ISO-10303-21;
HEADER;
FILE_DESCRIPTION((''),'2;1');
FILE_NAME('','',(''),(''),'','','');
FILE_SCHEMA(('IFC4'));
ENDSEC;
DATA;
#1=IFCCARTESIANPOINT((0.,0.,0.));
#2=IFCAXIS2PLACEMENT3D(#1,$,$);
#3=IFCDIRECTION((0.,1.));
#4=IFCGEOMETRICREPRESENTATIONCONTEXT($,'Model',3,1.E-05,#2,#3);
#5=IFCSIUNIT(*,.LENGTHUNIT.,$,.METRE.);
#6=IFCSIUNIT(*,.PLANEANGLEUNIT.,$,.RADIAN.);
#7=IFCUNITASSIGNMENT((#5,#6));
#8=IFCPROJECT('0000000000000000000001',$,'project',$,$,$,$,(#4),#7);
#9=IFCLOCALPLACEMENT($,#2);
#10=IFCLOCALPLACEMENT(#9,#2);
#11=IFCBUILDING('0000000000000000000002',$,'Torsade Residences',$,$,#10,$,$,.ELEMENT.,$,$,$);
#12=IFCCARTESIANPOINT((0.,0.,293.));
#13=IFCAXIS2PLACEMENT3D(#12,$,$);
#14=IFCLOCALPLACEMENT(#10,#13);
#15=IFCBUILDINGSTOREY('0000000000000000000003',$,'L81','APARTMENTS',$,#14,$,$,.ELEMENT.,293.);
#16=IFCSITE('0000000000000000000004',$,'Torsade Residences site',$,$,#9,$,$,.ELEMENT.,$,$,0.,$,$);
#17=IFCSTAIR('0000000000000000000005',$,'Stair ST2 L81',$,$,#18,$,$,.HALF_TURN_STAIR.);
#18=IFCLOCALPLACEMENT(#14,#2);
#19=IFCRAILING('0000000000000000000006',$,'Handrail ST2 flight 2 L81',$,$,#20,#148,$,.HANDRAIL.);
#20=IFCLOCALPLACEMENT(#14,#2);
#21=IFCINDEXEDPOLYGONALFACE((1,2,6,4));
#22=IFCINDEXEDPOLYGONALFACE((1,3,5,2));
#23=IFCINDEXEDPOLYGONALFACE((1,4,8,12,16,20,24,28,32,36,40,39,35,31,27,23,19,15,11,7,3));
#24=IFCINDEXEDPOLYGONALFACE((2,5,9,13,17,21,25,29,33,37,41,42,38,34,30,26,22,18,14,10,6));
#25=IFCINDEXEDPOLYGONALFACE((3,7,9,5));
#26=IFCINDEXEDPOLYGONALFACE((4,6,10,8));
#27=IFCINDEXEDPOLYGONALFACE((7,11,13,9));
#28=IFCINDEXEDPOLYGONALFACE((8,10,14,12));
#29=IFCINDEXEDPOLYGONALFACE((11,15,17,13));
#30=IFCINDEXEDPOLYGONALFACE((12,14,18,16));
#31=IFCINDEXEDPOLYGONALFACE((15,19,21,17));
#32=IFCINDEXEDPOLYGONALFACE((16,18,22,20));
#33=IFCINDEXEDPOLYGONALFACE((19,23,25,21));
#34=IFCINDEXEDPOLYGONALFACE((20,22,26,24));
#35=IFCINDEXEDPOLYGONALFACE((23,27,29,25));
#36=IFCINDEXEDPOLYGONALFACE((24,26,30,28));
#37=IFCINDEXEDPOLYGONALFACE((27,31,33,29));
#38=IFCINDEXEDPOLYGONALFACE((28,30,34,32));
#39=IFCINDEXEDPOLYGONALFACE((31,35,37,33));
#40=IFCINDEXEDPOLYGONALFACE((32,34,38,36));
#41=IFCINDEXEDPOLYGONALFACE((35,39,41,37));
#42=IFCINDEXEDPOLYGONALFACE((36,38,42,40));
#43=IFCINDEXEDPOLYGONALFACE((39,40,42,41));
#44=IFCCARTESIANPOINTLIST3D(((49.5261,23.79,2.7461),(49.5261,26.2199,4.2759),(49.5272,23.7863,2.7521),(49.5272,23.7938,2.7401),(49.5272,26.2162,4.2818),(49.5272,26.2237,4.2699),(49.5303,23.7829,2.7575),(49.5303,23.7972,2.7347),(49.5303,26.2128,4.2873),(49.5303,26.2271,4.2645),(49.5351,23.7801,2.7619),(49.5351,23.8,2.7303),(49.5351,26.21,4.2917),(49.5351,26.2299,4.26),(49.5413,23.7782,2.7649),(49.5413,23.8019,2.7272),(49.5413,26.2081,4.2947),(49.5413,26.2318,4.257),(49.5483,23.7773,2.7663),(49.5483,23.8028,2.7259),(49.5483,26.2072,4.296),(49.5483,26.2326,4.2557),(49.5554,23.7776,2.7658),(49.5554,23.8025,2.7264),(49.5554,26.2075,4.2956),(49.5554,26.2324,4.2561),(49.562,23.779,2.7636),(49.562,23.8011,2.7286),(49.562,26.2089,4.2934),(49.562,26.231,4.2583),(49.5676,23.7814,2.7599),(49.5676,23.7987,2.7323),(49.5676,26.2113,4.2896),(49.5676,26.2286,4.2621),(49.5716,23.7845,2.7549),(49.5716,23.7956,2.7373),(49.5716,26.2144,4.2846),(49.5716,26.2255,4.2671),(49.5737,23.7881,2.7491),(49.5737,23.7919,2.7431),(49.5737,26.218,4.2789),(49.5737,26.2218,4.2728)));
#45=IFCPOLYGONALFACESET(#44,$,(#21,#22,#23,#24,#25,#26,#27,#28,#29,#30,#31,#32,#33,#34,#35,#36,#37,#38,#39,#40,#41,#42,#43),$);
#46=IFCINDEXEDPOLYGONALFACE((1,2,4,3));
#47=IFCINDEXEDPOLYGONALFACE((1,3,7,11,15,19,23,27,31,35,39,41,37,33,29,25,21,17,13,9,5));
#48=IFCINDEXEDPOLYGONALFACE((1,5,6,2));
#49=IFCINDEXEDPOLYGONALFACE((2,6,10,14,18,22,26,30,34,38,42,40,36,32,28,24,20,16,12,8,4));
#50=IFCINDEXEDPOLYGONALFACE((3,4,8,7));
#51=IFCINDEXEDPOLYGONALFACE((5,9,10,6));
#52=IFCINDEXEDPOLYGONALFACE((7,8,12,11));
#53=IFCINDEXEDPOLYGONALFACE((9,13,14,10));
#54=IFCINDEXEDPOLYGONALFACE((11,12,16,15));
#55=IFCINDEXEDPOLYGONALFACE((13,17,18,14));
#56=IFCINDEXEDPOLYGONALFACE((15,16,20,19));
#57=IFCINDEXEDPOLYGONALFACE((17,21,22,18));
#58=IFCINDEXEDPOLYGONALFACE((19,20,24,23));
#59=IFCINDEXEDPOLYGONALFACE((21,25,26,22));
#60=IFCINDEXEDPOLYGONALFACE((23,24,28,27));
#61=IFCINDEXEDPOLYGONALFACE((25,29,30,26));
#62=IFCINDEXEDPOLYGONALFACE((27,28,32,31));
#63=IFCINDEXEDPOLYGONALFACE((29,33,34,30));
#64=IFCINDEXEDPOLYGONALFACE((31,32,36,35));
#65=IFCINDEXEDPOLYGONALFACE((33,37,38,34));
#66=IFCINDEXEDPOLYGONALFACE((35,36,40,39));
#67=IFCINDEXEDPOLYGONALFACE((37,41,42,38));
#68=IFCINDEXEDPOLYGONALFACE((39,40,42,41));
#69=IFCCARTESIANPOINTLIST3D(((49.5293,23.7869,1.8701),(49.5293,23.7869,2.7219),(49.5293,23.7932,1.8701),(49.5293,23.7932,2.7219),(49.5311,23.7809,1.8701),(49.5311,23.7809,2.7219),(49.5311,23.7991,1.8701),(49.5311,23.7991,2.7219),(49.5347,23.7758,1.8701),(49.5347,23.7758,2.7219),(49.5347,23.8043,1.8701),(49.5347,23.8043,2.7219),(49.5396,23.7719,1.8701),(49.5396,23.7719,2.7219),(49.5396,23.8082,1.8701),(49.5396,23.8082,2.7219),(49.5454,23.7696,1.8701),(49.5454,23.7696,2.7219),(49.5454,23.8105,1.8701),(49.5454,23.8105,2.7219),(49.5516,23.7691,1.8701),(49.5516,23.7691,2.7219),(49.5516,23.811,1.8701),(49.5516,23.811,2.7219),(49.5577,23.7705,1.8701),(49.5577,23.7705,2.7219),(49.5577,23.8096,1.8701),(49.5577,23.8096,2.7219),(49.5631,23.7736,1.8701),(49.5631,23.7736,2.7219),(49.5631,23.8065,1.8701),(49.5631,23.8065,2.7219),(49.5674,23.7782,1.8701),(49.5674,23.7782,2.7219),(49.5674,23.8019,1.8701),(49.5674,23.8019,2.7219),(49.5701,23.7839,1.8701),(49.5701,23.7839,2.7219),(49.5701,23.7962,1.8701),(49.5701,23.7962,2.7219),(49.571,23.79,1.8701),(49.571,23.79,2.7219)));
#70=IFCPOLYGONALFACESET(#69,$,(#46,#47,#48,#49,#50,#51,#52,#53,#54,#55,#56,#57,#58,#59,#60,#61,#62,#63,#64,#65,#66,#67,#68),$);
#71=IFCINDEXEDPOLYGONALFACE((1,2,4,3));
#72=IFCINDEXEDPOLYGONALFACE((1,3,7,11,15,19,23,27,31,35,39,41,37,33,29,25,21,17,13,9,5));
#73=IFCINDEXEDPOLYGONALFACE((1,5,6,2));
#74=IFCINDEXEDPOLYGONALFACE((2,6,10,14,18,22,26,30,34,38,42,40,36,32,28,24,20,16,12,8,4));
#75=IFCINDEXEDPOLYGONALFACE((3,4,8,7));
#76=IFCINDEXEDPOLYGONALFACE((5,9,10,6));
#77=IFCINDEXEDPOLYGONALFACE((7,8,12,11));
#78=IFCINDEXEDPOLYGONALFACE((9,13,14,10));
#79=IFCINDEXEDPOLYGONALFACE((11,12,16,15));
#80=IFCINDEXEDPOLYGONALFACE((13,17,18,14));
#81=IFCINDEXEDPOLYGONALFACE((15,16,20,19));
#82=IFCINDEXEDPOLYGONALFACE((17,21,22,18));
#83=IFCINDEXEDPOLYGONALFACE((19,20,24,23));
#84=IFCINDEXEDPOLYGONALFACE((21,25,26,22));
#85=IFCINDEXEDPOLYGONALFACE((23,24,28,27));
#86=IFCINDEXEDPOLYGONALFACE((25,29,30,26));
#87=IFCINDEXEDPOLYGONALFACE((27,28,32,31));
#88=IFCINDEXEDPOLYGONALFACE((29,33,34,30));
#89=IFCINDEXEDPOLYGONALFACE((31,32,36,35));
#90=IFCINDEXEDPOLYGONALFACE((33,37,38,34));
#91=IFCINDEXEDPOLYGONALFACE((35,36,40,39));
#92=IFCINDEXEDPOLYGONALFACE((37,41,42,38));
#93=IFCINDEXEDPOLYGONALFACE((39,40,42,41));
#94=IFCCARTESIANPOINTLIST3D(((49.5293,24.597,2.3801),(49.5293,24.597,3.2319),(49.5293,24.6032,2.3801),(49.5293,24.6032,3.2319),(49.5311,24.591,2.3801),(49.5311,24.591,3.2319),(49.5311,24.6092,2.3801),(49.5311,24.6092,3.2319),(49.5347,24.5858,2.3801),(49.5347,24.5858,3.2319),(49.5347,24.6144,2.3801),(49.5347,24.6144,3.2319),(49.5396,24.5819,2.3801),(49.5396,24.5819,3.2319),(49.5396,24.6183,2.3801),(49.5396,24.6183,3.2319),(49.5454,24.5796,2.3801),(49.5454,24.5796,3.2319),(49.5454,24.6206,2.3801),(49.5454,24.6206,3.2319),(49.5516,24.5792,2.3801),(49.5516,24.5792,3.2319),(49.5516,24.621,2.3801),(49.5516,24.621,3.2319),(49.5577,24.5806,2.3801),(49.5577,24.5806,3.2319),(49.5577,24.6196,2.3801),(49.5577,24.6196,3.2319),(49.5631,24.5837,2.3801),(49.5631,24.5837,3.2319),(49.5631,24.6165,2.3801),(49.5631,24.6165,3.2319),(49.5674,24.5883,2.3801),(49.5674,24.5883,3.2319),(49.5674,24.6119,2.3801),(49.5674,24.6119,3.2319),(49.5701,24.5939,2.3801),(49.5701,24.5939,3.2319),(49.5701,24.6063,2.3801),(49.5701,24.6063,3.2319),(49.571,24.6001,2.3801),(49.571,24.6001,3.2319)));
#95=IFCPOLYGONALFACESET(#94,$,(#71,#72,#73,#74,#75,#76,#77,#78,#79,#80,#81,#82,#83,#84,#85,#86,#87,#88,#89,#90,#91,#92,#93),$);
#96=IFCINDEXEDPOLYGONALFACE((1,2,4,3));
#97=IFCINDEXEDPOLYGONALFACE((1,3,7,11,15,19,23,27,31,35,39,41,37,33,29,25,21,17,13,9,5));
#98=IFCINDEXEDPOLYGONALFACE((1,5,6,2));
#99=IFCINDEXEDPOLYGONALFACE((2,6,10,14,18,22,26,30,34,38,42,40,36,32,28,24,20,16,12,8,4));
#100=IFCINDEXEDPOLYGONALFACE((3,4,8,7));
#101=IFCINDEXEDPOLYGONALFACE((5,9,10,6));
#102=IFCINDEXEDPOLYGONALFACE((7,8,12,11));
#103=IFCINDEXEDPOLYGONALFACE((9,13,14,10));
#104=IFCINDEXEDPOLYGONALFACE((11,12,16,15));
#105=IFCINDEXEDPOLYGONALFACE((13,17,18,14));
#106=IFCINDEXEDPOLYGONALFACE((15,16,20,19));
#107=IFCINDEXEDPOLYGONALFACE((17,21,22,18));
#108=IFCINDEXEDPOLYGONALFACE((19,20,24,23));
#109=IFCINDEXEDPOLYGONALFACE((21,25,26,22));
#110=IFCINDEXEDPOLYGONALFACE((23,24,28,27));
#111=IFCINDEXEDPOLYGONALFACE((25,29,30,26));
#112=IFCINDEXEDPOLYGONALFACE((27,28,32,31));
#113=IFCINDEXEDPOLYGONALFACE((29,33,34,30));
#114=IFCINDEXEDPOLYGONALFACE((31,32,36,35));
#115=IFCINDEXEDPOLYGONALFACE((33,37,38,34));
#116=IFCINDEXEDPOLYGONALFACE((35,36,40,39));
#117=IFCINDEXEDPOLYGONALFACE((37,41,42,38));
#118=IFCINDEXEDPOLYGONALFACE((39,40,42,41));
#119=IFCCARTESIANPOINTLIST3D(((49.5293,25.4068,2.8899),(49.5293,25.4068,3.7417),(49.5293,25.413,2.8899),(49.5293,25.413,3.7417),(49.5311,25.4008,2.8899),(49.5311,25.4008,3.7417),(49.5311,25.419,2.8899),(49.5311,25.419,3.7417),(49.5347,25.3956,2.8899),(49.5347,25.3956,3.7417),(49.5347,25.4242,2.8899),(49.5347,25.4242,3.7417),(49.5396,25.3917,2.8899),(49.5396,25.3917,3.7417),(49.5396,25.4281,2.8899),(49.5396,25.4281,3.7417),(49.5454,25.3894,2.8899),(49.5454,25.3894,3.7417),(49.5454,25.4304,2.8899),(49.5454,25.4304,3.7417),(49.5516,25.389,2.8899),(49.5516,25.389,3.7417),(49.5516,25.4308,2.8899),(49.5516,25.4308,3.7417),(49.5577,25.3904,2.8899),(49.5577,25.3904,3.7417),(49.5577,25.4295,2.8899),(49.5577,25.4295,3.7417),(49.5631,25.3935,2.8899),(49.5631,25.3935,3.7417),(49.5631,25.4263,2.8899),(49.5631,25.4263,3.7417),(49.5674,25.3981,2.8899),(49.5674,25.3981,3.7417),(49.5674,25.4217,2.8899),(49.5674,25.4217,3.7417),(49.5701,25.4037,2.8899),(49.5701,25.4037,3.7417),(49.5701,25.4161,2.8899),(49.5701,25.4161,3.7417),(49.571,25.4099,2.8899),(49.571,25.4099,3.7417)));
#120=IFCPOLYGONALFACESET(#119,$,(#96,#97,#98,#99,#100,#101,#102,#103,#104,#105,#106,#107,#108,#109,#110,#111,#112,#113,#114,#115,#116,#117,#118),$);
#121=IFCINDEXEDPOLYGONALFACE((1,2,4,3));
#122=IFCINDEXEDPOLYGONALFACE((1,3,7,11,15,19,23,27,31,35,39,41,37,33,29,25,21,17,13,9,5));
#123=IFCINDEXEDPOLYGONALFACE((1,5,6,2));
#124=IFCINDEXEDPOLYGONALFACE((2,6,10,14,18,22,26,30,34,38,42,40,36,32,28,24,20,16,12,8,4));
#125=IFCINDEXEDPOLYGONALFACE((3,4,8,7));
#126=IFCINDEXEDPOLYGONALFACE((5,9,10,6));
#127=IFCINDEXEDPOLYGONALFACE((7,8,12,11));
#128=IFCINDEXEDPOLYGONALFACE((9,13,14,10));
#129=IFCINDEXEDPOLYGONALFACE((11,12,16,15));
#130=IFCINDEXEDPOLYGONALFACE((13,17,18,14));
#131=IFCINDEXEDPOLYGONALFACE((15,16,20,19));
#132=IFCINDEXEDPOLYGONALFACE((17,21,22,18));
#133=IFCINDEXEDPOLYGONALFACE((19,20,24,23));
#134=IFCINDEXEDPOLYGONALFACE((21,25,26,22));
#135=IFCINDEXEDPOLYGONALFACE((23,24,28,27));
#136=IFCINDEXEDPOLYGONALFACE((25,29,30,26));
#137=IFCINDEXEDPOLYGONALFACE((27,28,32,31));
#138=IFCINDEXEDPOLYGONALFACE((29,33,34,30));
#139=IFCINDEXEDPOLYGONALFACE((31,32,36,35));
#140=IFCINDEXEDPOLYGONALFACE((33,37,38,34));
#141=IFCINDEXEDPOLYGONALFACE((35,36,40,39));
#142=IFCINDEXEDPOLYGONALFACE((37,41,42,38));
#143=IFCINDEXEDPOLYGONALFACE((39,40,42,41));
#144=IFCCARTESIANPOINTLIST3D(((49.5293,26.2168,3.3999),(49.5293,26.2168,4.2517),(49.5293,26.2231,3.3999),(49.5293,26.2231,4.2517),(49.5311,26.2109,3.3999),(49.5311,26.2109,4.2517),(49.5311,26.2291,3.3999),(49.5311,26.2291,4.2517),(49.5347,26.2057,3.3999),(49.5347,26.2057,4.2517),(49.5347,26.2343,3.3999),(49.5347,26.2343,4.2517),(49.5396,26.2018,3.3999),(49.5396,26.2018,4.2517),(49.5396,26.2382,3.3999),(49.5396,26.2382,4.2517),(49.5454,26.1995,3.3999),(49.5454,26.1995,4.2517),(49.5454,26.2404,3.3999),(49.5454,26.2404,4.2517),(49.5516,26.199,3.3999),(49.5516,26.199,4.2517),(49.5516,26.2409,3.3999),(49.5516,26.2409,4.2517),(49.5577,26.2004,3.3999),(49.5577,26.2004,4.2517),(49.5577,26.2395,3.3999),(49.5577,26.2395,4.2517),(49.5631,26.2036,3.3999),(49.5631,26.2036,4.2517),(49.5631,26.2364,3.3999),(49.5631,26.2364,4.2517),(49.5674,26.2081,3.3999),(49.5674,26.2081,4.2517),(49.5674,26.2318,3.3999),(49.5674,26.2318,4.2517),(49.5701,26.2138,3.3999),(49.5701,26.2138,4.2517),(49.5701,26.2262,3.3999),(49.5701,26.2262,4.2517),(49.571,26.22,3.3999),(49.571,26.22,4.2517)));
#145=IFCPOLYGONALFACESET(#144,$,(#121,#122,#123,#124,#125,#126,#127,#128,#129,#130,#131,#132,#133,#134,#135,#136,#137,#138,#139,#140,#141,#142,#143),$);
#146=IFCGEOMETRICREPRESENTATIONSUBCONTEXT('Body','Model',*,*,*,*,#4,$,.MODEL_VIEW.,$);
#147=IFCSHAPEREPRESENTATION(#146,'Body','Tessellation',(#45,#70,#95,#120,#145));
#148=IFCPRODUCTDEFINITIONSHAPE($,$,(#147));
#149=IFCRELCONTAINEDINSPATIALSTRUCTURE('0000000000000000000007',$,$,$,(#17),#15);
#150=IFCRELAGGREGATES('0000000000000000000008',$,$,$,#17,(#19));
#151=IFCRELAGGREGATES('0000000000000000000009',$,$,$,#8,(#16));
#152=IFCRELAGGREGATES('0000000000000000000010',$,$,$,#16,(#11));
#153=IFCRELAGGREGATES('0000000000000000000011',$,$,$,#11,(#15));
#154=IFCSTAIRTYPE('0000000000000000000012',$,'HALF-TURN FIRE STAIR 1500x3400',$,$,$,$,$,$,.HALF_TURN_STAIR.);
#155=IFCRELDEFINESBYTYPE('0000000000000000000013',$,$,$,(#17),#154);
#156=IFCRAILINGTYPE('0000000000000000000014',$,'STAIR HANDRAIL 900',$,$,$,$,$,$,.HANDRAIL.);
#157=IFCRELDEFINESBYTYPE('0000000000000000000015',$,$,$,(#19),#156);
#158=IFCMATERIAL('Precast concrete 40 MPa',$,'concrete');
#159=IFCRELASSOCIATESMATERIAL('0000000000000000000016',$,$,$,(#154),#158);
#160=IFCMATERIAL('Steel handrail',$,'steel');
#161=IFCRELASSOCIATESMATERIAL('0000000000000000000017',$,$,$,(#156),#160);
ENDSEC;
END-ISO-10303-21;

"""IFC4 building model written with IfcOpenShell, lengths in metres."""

from ifc_helpers import new_model, si_unit, direction, frame, origin, origin_2d, place, context, subcontext, project, spatial, circle, extrude, material, type_object, element, aggregate, save


model = new_model("IFC4")

# Units and contexts
model_context = context("Model", 3, precision=1e-05, world=origin(), true_north=direction((0.0, 1.0)))
body_context = subcontext(model_context, "Body", "Model", "MODEL_VIEW")
ifc_project = project(units=[si_unit("LENGTHUNIT", "METRE"), si_unit("PLANEANGLEUNIT", "RADIAN")], contexts=[model_context])

# Site, building, storey
site_placement = place(None, origin())
site = spatial("IfcSite", under=ifc_project, at=site_placement, Name="Torsade Residences site", CompositionType="ELEMENT", RefElevation=0.0)
building_placement = place(site_placement, origin())
building = spatial("IfcBuilding", under=site, at=building_placement, Name="Torsade Residences", CompositionType="ELEMENT")
storey_placement = place(building_placement, frame((0.0, 0.0, 293.0)))
storey = spatial("IfcBuildingStorey", under=building, at=storey_placement, Name="L81", Description="APARTMENTS", CompositionType="ELEMENT", Elevation=293.0)

# Stair, railing
ifc_material_1 = material(Name="Precast concrete 40 MPa", Category="concrete")
stair_type = type_object("IfcStairType", Name="HALF-TURN FIRE STAIR 1500x3400", PredefinedType="HALF_TURN_STAIR", material=ifc_material_1)
stair_placement = place(storey_placement, origin())
stair = element("IfcStair", 1, at=stair_placement, inside=storey, type_object=stair_type, Name="Stair ST2 L81", PredefinedType="HALF_TURN_STAIR")
ifc_material_2 = material(Name="Steel handrail", Category="steel")
railing_type = type_object("IfcRailingType", Name="STAIR HANDRAIL 900", PredefinedType="HANDRAIL", material=ifc_material_2)
railing_1_placement = place(storey_placement, frame((49.55, 23.79, 1.8701)))
railing_1 = element("IfcRailing", 2, at=railing_1_placement, type_object=railing_type, Name="Handrail ST2 flight 2 L81", PredefinedType="HANDRAIL", context=body_context, shape_type="SweptSolid", body=[
    extrude(circle(Radius=0.0239, at=origin_2d()), frame((0.0, 0.0, 0.876), z_axis=(0.0, 0.84626, 0.53277), x_axis=(-1.0, 0.0, 0.0)), (0.0, 0.0, 1.0), 2.8713),
    extrude(circle(Radius=0.021, at=origin_2d()), origin(), (0.0, 0.0, 1.0), 0.8518),
    extrude(circle(Radius=0.021, at=origin_2d()), frame((0.0, 0.8101, 0.51)), (0.0, 0.0, 1.0), 0.8518),
    extrude(circle(Radius=0.021, at=origin_2d()), frame((0.0, 1.6199, 1.0198)), (0.0, 0.0, 1.0), 0.8518),
    extrude(circle(Radius=0.021, at=origin_2d()), frame((0.0, 2.4299, 1.5298)), (0.0, 0.0, 1.0), 0.8518),
])
aggregate(stair, [railing_1])

save(model, "model.ifc")
